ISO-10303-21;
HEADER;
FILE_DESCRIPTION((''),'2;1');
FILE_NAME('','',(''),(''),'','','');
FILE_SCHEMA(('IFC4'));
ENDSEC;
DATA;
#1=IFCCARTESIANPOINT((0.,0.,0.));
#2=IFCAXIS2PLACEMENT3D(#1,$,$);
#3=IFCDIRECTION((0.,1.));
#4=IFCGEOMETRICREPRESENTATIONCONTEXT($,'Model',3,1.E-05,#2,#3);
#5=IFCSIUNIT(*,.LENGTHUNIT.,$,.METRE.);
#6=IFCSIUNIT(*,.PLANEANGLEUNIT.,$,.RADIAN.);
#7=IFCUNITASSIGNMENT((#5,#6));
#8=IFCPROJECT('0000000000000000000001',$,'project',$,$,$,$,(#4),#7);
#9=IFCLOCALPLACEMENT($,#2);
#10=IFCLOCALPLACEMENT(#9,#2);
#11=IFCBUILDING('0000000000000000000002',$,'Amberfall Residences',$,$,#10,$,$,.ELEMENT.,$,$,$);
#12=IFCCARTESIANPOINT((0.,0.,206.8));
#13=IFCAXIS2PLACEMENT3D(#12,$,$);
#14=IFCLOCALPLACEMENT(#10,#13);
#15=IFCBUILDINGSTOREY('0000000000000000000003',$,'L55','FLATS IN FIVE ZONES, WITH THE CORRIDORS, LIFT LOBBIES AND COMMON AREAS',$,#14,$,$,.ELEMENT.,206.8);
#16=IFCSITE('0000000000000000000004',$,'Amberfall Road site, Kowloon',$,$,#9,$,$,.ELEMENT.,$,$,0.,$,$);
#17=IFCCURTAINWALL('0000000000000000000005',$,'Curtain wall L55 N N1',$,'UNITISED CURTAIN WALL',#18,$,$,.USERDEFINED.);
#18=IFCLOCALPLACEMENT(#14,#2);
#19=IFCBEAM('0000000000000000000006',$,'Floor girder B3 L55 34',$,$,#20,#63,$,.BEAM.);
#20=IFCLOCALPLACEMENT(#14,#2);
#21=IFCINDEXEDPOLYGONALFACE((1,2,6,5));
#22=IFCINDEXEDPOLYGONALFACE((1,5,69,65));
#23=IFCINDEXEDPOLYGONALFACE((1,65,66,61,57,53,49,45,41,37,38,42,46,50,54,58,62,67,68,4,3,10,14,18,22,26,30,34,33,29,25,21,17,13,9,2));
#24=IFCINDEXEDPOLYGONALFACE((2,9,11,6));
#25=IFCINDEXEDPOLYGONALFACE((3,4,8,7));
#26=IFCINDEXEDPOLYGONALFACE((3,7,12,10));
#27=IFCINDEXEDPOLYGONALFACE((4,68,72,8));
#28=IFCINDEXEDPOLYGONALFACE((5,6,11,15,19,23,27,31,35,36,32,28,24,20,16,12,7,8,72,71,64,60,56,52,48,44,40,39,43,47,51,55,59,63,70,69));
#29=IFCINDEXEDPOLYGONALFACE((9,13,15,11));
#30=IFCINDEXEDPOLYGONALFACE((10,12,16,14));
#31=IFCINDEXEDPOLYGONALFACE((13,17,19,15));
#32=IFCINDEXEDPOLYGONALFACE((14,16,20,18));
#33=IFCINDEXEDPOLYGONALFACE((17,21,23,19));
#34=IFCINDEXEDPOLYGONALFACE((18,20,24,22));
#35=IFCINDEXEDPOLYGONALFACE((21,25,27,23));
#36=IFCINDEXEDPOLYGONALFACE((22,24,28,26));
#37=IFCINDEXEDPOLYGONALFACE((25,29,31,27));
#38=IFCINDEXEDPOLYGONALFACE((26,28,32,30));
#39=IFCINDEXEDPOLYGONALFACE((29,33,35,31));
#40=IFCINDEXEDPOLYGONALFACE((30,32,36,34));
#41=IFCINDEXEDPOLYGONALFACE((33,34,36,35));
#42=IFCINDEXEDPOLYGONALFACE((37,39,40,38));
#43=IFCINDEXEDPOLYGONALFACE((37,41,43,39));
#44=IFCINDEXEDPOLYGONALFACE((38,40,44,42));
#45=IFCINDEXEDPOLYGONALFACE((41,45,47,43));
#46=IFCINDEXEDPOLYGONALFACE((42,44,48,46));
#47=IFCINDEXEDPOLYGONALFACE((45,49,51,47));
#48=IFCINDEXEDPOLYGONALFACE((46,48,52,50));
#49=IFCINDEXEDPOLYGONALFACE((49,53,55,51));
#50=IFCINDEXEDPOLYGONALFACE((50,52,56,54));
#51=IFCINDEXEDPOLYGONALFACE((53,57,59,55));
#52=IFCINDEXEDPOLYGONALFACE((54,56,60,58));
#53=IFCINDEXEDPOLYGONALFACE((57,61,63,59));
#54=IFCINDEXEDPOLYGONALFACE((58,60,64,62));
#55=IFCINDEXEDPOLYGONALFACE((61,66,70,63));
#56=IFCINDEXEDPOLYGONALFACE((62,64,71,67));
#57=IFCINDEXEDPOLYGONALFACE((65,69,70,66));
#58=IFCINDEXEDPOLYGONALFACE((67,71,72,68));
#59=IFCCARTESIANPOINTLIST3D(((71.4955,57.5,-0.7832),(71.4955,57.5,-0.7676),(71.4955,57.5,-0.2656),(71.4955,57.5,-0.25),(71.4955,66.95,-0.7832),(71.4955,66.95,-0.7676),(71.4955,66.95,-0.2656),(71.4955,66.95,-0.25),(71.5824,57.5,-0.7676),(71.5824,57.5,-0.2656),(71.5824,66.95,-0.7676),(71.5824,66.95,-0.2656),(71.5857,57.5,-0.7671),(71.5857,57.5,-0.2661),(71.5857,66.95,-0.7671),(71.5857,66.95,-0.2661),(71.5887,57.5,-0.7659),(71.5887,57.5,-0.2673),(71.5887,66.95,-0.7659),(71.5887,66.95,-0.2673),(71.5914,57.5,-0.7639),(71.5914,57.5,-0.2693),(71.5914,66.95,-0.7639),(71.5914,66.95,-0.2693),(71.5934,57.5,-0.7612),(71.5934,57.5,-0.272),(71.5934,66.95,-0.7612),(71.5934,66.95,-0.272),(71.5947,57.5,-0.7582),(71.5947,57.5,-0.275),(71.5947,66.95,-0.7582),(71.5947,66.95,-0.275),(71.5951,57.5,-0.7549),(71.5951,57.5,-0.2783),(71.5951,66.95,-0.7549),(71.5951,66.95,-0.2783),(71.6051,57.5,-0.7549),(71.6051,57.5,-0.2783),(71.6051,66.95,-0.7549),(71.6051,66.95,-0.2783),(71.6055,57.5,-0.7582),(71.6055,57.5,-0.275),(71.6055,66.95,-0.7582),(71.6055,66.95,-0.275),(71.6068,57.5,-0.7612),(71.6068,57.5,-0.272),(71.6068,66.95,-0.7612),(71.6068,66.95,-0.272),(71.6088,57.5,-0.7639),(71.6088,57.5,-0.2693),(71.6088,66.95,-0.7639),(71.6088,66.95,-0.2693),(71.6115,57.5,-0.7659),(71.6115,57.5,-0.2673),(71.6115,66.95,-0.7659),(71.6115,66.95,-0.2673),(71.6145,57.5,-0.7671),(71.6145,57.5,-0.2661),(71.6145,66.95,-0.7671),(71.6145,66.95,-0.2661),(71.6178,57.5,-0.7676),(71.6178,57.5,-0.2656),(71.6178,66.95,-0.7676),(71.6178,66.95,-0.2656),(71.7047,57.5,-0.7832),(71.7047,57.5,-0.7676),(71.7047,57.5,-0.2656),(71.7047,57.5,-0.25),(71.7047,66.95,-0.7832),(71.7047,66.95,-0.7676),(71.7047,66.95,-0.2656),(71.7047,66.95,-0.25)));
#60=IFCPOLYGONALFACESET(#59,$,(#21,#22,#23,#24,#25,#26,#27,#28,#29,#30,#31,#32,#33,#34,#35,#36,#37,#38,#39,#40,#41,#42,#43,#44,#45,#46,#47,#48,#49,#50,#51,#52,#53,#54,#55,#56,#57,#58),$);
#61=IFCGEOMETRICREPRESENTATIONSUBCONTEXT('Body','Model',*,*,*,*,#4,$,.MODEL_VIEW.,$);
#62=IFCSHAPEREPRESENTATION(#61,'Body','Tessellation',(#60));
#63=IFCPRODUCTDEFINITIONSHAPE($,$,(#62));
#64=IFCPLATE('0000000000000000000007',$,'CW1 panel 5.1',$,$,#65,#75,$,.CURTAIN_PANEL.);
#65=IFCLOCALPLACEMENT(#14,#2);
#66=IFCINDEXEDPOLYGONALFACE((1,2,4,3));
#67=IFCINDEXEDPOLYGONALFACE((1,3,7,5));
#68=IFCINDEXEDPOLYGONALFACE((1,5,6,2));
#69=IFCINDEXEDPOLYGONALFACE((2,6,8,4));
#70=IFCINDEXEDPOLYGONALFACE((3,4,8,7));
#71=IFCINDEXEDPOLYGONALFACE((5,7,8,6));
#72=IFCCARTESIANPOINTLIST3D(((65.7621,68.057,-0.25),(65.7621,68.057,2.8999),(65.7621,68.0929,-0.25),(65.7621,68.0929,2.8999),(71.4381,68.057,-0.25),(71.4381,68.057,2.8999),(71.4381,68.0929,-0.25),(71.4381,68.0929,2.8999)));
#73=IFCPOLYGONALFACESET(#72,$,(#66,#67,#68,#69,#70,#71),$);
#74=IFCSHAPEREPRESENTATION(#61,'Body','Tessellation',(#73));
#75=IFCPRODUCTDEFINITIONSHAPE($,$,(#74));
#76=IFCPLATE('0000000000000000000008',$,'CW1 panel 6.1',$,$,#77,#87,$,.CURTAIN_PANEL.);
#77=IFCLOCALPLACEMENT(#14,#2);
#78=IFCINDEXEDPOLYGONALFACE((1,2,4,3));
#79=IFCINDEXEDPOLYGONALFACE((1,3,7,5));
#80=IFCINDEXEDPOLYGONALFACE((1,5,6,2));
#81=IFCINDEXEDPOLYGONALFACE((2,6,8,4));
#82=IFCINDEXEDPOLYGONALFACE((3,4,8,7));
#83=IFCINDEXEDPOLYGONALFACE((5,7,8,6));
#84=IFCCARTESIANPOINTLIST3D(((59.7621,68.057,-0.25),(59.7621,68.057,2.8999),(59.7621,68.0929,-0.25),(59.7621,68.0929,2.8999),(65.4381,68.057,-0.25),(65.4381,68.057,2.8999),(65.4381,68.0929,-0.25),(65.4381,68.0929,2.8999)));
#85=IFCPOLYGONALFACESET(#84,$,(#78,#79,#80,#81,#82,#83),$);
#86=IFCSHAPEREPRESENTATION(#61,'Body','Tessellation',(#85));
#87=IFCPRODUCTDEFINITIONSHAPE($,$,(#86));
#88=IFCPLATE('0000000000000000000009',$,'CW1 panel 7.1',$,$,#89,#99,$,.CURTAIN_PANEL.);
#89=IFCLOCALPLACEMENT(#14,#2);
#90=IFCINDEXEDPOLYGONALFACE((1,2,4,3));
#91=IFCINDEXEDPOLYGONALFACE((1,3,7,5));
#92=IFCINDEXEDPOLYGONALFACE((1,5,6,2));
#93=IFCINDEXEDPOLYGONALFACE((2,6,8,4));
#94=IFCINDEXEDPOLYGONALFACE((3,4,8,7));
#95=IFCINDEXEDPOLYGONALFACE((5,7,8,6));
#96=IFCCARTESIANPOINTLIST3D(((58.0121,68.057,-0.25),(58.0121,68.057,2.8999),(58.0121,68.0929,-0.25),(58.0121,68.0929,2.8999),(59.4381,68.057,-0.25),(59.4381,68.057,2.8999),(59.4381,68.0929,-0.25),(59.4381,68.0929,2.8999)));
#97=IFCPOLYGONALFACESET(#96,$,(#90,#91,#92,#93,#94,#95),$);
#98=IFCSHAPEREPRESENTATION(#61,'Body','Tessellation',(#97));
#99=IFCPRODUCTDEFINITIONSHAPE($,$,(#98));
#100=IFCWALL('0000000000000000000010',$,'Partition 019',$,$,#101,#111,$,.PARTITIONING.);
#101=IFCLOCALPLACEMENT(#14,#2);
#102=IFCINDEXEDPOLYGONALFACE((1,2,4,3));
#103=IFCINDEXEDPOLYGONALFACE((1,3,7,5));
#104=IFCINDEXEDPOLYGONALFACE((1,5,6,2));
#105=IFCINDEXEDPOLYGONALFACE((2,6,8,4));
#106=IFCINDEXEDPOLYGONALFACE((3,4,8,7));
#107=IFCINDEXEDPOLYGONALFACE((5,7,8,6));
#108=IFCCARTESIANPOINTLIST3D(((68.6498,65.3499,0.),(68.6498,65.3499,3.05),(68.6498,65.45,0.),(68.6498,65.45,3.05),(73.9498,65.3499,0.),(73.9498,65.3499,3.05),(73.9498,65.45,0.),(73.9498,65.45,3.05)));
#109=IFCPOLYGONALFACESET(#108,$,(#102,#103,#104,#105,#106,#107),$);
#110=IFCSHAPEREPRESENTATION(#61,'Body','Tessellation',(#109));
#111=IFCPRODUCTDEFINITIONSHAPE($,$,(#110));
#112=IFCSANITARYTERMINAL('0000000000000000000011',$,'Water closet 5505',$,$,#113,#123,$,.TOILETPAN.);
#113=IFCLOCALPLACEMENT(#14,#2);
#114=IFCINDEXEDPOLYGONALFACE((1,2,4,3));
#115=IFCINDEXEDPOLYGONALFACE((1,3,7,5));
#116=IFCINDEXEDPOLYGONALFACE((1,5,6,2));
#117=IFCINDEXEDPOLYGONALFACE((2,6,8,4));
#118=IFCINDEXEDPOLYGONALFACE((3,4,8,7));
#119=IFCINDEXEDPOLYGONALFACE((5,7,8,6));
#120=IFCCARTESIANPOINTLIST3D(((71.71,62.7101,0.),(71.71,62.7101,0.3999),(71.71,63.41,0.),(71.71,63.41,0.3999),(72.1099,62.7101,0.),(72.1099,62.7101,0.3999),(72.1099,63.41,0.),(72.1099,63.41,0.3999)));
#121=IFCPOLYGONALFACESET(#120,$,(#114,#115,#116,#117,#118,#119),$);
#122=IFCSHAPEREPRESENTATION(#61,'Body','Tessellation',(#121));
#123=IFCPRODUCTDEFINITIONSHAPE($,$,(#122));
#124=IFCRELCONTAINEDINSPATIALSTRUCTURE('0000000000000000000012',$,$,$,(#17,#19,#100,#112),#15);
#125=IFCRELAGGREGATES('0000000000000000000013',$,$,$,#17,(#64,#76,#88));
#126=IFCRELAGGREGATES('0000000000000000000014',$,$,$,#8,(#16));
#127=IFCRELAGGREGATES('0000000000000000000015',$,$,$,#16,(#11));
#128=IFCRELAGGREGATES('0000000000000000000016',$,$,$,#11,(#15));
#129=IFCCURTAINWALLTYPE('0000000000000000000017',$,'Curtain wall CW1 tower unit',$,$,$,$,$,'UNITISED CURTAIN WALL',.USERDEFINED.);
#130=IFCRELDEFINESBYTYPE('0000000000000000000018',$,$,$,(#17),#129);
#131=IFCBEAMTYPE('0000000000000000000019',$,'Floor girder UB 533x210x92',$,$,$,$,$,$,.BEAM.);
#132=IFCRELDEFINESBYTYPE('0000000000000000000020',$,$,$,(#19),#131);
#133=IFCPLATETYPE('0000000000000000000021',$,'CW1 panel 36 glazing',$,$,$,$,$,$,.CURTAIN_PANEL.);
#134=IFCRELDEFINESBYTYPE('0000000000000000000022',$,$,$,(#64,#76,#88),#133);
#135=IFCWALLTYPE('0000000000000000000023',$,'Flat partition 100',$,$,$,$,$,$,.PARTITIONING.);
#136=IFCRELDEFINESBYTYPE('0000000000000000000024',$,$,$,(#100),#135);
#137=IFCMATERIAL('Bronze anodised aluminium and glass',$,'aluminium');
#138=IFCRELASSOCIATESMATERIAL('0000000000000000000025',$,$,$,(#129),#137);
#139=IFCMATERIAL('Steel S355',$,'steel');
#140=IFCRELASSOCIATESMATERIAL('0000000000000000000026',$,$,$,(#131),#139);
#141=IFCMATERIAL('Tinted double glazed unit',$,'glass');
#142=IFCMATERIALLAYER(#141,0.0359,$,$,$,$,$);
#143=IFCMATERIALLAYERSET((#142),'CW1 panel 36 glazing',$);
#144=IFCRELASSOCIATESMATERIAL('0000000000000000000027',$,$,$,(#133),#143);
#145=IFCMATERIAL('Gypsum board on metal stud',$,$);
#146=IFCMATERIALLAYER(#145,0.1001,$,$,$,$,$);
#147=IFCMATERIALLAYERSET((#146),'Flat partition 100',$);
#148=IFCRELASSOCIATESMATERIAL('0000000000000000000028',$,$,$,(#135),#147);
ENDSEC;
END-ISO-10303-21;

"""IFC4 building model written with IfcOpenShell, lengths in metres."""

from ifc_helpers import new_model, si_unit, direction, frame, frame_2d, origin, origin_2d, place, context, subcontext, project, spatial, rectangle, i_section, extrude, material, layer, layer_set, material_profile, profile_set, type_object, element, aggregate, save


model = new_model("IFC4")

# Units and contexts
model_context = context("Model", 3, precision=1e-05, world=origin(), true_north=direction((0.0, 1.0)))
body_context = subcontext(model_context, "Body", "Model", "MODEL_VIEW")
ifc_project = project(units=[si_unit("LENGTHUNIT", "METRE"), si_unit("PLANEANGLEUNIT", "RADIAN")], contexts=[model_context])

# Site, building, storey
site_placement = place(None, origin())
site = spatial("IfcSite", under=ifc_project, at=site_placement, Name="Amberfall Road site, Kowloon", CompositionType="ELEMENT", RefElevation=0.0)
building_placement = place(site_placement, origin())
building = spatial("IfcBuilding", under=site, at=building_placement, Name="Amberfall Residences", CompositionType="ELEMENT")
storey_placement = place(building_placement, frame((0.0, 0.0, 206.8)))
storey = spatial("IfcBuildingStorey", under=building, at=storey_placement, Name="L55", Description="FLATS IN FIVE ZONES, WITH THE CORRIDORS, LIFT LOBBIES AND COMMON AREAS", CompositionType="ELEMENT", Elevation=206.8)

# Curtain wall
ifc_material_1 = material(Name="Bronze anodised aluminium and glass", Category="aluminium")
curtain_wall_type = type_object("IfcCurtainWallType", Name="Curtain wall CW1 tower unit", ElementType="UNITISED CURTAIN WALL", PredefinedType="USERDEFINED", material=ifc_material_1)
curtain_wall_placement = place(storey_placement, origin())
curtain_wall = element("IfcCurtainWall", 1, at=curtain_wall_placement, inside=storey, type_object=curtain_wall_type, Name="Curtain wall L55 N N1", ObjectType="UNITISED CURTAIN WALL", PredefinedType="USERDEFINED")

# Shared definitions
ifc_material_2 = material(Name="Steel S355", Category="steel")

# Beam
ifc_material_profile_1 = material_profile(ifc_material_2, i_section(OverallWidth=0.2092, OverallDepth=0.5332, WebThickness=0.01, FlangeThickness=0.0156, FilletRadius=0.0127, at=origin_2d()), Name="UB 533x210x92")
ifc_profile_set_1 = profile_set([ifc_material_profile_1], Name="Steel S355")
beam_type_1 = type_object("IfcBeamType", Name="Floor girder UB 533x210x92", PredefinedType="BEAM", material=ifc_profile_set_1)
for number, where, z_axis, x_axis, name in (
    (2, (71.6001, 66.95, -0.5166), (0.0, -1.0, 0.0), (1.0, 0.0, 0.0), "Floor girder B3 L55 34"),
):
    element("IfcBeam", number, at=place(storey_placement, frame(where, z_axis=z_axis, x_axis=x_axis)), inside=storey, type_object=beam_type_1, Name=name, PredefinedType="BEAM", context=body_context, shape_type="SweptSolid", body=[
        extrude(i_section(OverallWidth=0.2092, OverallDepth=0.5332, WebThickness=0.01, FlangeThickness=0.0156, FilletRadius=0.0127, at=origin_2d()), origin(), (0.0, 0.0, 1.0), 9.45),
    ])

# Plates
ifc_material_3 = material(Name="Tinted double glazed unit", Category="glass")
ifc_layer_1 = layer(ifc_material_3, 0.0359)
ifc_layer_set_1 = layer_set([ifc_layer_1], Name="CW1 panel 36 glazing")
plate_type = type_object("IfcPlateType", Name="CW1 panel 36 glazing", PredefinedType="CURTAIN_PANEL", material=ifc_layer_set_1)
plate_1_placement = place(storey_placement, frame((68.6001, 68.075, -0.25), z_axis=(0.0, 0.0, 1.0), x_axis=(-1.0, 0.0, 0.0)))
plate_1 = element("IfcPlate", 3, at=plate_1_placement, type_object=plate_type, Name="CW1 panel 5.1", PredefinedType="CURTAIN_PANEL", context=body_context, shape_type="SweptSolid", body=[
    extrude(rectangle(XDim=5.676, YDim=0.0359, at=origin_2d()), origin(), (0.0, 0.0, 1.0), 3.1499),
])
plate_2_placement = place(storey_placement, frame((62.6001, 68.075, -0.25), z_axis=(0.0, 0.0, 1.0), x_axis=(-1.0, 0.0, 0.0)))
plate_2 = element("IfcPlate", 4, at=plate_2_placement, type_object=plate_type, Name="CW1 panel 6.1", PredefinedType="CURTAIN_PANEL", context=body_context, shape_type="SweptSolid", body=[
    extrude(rectangle(XDim=5.676, YDim=0.0359, at=origin_2d()), origin(), (0.0, 0.0, 1.0), 3.1499),
])
plate_3_placement = place(storey_placement, frame((58.7251, 68.075, -0.25), z_axis=(0.0, 0.0, 1.0), x_axis=(-1.0, 0.0, 0.0)))
plate_3 = element("IfcPlate", 5, at=plate_3_placement, type_object=plate_type, Name="CW1 panel 7.1", PredefinedType="CURTAIN_PANEL", context=body_context, shape_type="SweptSolid", body=[
    extrude(rectangle(XDim=1.426, YDim=0.0359, at=origin_2d()), origin(), (0.0, 0.0, 1.0), 3.1499),
])
aggregate(curtain_wall, [plate_1, plate_2, plate_3])

# Wall
ifc_material_4 = material(Name="Gypsum board on metal stud")
ifc_layer_2 = layer(ifc_material_4, 0.1001)
ifc_layer_set_2 = layer_set([ifc_layer_2], Name="Flat partition 100")
wall_type = type_object("IfcWallType", Name="Flat partition 100", PredefinedType="PARTITIONING", material=ifc_layer_set_2)
wall_placement = place(storey_placement, frame((68.6499, 65.3999, 0.0), z_axis=(0.0, 0.0, 1.0), x_axis=(1.0, 0.0, 0.0)))
element("IfcWall", 6, at=wall_placement, inside=storey, type_object=wall_type, Name="Partition 019", PredefinedType="PARTITIONING", context=body_context, shape_type="SweptSolid", body=[
    extrude(rectangle(XDim=5.3, YDim=0.1001, at=frame_2d((2.6499, 0.0))), origin(), (0.0, 0.0, 1.0), 3.05),
])

# Sanitary terminal
sanitary_terminal_placement = place(storey_placement, frame((71.9099, 63.0601, 0.0), z_axis=(0.0, 0.0, 1.0), x_axis=(1.0, 0.0, 0.0)))
element("IfcSanitaryTerminal", 7, at=sanitary_terminal_placement, inside=storey, Name="Water closet 5505", PredefinedType="TOILETPAN", context=body_context, shape_type="SweptSolid", body=[
    extrude(rectangle(XDim=0.3999, YDim=0.7, at=origin_2d()), origin(), (0.0, 0.0, 1.0), 0.3999),
])

save(model, "model.ifc")
